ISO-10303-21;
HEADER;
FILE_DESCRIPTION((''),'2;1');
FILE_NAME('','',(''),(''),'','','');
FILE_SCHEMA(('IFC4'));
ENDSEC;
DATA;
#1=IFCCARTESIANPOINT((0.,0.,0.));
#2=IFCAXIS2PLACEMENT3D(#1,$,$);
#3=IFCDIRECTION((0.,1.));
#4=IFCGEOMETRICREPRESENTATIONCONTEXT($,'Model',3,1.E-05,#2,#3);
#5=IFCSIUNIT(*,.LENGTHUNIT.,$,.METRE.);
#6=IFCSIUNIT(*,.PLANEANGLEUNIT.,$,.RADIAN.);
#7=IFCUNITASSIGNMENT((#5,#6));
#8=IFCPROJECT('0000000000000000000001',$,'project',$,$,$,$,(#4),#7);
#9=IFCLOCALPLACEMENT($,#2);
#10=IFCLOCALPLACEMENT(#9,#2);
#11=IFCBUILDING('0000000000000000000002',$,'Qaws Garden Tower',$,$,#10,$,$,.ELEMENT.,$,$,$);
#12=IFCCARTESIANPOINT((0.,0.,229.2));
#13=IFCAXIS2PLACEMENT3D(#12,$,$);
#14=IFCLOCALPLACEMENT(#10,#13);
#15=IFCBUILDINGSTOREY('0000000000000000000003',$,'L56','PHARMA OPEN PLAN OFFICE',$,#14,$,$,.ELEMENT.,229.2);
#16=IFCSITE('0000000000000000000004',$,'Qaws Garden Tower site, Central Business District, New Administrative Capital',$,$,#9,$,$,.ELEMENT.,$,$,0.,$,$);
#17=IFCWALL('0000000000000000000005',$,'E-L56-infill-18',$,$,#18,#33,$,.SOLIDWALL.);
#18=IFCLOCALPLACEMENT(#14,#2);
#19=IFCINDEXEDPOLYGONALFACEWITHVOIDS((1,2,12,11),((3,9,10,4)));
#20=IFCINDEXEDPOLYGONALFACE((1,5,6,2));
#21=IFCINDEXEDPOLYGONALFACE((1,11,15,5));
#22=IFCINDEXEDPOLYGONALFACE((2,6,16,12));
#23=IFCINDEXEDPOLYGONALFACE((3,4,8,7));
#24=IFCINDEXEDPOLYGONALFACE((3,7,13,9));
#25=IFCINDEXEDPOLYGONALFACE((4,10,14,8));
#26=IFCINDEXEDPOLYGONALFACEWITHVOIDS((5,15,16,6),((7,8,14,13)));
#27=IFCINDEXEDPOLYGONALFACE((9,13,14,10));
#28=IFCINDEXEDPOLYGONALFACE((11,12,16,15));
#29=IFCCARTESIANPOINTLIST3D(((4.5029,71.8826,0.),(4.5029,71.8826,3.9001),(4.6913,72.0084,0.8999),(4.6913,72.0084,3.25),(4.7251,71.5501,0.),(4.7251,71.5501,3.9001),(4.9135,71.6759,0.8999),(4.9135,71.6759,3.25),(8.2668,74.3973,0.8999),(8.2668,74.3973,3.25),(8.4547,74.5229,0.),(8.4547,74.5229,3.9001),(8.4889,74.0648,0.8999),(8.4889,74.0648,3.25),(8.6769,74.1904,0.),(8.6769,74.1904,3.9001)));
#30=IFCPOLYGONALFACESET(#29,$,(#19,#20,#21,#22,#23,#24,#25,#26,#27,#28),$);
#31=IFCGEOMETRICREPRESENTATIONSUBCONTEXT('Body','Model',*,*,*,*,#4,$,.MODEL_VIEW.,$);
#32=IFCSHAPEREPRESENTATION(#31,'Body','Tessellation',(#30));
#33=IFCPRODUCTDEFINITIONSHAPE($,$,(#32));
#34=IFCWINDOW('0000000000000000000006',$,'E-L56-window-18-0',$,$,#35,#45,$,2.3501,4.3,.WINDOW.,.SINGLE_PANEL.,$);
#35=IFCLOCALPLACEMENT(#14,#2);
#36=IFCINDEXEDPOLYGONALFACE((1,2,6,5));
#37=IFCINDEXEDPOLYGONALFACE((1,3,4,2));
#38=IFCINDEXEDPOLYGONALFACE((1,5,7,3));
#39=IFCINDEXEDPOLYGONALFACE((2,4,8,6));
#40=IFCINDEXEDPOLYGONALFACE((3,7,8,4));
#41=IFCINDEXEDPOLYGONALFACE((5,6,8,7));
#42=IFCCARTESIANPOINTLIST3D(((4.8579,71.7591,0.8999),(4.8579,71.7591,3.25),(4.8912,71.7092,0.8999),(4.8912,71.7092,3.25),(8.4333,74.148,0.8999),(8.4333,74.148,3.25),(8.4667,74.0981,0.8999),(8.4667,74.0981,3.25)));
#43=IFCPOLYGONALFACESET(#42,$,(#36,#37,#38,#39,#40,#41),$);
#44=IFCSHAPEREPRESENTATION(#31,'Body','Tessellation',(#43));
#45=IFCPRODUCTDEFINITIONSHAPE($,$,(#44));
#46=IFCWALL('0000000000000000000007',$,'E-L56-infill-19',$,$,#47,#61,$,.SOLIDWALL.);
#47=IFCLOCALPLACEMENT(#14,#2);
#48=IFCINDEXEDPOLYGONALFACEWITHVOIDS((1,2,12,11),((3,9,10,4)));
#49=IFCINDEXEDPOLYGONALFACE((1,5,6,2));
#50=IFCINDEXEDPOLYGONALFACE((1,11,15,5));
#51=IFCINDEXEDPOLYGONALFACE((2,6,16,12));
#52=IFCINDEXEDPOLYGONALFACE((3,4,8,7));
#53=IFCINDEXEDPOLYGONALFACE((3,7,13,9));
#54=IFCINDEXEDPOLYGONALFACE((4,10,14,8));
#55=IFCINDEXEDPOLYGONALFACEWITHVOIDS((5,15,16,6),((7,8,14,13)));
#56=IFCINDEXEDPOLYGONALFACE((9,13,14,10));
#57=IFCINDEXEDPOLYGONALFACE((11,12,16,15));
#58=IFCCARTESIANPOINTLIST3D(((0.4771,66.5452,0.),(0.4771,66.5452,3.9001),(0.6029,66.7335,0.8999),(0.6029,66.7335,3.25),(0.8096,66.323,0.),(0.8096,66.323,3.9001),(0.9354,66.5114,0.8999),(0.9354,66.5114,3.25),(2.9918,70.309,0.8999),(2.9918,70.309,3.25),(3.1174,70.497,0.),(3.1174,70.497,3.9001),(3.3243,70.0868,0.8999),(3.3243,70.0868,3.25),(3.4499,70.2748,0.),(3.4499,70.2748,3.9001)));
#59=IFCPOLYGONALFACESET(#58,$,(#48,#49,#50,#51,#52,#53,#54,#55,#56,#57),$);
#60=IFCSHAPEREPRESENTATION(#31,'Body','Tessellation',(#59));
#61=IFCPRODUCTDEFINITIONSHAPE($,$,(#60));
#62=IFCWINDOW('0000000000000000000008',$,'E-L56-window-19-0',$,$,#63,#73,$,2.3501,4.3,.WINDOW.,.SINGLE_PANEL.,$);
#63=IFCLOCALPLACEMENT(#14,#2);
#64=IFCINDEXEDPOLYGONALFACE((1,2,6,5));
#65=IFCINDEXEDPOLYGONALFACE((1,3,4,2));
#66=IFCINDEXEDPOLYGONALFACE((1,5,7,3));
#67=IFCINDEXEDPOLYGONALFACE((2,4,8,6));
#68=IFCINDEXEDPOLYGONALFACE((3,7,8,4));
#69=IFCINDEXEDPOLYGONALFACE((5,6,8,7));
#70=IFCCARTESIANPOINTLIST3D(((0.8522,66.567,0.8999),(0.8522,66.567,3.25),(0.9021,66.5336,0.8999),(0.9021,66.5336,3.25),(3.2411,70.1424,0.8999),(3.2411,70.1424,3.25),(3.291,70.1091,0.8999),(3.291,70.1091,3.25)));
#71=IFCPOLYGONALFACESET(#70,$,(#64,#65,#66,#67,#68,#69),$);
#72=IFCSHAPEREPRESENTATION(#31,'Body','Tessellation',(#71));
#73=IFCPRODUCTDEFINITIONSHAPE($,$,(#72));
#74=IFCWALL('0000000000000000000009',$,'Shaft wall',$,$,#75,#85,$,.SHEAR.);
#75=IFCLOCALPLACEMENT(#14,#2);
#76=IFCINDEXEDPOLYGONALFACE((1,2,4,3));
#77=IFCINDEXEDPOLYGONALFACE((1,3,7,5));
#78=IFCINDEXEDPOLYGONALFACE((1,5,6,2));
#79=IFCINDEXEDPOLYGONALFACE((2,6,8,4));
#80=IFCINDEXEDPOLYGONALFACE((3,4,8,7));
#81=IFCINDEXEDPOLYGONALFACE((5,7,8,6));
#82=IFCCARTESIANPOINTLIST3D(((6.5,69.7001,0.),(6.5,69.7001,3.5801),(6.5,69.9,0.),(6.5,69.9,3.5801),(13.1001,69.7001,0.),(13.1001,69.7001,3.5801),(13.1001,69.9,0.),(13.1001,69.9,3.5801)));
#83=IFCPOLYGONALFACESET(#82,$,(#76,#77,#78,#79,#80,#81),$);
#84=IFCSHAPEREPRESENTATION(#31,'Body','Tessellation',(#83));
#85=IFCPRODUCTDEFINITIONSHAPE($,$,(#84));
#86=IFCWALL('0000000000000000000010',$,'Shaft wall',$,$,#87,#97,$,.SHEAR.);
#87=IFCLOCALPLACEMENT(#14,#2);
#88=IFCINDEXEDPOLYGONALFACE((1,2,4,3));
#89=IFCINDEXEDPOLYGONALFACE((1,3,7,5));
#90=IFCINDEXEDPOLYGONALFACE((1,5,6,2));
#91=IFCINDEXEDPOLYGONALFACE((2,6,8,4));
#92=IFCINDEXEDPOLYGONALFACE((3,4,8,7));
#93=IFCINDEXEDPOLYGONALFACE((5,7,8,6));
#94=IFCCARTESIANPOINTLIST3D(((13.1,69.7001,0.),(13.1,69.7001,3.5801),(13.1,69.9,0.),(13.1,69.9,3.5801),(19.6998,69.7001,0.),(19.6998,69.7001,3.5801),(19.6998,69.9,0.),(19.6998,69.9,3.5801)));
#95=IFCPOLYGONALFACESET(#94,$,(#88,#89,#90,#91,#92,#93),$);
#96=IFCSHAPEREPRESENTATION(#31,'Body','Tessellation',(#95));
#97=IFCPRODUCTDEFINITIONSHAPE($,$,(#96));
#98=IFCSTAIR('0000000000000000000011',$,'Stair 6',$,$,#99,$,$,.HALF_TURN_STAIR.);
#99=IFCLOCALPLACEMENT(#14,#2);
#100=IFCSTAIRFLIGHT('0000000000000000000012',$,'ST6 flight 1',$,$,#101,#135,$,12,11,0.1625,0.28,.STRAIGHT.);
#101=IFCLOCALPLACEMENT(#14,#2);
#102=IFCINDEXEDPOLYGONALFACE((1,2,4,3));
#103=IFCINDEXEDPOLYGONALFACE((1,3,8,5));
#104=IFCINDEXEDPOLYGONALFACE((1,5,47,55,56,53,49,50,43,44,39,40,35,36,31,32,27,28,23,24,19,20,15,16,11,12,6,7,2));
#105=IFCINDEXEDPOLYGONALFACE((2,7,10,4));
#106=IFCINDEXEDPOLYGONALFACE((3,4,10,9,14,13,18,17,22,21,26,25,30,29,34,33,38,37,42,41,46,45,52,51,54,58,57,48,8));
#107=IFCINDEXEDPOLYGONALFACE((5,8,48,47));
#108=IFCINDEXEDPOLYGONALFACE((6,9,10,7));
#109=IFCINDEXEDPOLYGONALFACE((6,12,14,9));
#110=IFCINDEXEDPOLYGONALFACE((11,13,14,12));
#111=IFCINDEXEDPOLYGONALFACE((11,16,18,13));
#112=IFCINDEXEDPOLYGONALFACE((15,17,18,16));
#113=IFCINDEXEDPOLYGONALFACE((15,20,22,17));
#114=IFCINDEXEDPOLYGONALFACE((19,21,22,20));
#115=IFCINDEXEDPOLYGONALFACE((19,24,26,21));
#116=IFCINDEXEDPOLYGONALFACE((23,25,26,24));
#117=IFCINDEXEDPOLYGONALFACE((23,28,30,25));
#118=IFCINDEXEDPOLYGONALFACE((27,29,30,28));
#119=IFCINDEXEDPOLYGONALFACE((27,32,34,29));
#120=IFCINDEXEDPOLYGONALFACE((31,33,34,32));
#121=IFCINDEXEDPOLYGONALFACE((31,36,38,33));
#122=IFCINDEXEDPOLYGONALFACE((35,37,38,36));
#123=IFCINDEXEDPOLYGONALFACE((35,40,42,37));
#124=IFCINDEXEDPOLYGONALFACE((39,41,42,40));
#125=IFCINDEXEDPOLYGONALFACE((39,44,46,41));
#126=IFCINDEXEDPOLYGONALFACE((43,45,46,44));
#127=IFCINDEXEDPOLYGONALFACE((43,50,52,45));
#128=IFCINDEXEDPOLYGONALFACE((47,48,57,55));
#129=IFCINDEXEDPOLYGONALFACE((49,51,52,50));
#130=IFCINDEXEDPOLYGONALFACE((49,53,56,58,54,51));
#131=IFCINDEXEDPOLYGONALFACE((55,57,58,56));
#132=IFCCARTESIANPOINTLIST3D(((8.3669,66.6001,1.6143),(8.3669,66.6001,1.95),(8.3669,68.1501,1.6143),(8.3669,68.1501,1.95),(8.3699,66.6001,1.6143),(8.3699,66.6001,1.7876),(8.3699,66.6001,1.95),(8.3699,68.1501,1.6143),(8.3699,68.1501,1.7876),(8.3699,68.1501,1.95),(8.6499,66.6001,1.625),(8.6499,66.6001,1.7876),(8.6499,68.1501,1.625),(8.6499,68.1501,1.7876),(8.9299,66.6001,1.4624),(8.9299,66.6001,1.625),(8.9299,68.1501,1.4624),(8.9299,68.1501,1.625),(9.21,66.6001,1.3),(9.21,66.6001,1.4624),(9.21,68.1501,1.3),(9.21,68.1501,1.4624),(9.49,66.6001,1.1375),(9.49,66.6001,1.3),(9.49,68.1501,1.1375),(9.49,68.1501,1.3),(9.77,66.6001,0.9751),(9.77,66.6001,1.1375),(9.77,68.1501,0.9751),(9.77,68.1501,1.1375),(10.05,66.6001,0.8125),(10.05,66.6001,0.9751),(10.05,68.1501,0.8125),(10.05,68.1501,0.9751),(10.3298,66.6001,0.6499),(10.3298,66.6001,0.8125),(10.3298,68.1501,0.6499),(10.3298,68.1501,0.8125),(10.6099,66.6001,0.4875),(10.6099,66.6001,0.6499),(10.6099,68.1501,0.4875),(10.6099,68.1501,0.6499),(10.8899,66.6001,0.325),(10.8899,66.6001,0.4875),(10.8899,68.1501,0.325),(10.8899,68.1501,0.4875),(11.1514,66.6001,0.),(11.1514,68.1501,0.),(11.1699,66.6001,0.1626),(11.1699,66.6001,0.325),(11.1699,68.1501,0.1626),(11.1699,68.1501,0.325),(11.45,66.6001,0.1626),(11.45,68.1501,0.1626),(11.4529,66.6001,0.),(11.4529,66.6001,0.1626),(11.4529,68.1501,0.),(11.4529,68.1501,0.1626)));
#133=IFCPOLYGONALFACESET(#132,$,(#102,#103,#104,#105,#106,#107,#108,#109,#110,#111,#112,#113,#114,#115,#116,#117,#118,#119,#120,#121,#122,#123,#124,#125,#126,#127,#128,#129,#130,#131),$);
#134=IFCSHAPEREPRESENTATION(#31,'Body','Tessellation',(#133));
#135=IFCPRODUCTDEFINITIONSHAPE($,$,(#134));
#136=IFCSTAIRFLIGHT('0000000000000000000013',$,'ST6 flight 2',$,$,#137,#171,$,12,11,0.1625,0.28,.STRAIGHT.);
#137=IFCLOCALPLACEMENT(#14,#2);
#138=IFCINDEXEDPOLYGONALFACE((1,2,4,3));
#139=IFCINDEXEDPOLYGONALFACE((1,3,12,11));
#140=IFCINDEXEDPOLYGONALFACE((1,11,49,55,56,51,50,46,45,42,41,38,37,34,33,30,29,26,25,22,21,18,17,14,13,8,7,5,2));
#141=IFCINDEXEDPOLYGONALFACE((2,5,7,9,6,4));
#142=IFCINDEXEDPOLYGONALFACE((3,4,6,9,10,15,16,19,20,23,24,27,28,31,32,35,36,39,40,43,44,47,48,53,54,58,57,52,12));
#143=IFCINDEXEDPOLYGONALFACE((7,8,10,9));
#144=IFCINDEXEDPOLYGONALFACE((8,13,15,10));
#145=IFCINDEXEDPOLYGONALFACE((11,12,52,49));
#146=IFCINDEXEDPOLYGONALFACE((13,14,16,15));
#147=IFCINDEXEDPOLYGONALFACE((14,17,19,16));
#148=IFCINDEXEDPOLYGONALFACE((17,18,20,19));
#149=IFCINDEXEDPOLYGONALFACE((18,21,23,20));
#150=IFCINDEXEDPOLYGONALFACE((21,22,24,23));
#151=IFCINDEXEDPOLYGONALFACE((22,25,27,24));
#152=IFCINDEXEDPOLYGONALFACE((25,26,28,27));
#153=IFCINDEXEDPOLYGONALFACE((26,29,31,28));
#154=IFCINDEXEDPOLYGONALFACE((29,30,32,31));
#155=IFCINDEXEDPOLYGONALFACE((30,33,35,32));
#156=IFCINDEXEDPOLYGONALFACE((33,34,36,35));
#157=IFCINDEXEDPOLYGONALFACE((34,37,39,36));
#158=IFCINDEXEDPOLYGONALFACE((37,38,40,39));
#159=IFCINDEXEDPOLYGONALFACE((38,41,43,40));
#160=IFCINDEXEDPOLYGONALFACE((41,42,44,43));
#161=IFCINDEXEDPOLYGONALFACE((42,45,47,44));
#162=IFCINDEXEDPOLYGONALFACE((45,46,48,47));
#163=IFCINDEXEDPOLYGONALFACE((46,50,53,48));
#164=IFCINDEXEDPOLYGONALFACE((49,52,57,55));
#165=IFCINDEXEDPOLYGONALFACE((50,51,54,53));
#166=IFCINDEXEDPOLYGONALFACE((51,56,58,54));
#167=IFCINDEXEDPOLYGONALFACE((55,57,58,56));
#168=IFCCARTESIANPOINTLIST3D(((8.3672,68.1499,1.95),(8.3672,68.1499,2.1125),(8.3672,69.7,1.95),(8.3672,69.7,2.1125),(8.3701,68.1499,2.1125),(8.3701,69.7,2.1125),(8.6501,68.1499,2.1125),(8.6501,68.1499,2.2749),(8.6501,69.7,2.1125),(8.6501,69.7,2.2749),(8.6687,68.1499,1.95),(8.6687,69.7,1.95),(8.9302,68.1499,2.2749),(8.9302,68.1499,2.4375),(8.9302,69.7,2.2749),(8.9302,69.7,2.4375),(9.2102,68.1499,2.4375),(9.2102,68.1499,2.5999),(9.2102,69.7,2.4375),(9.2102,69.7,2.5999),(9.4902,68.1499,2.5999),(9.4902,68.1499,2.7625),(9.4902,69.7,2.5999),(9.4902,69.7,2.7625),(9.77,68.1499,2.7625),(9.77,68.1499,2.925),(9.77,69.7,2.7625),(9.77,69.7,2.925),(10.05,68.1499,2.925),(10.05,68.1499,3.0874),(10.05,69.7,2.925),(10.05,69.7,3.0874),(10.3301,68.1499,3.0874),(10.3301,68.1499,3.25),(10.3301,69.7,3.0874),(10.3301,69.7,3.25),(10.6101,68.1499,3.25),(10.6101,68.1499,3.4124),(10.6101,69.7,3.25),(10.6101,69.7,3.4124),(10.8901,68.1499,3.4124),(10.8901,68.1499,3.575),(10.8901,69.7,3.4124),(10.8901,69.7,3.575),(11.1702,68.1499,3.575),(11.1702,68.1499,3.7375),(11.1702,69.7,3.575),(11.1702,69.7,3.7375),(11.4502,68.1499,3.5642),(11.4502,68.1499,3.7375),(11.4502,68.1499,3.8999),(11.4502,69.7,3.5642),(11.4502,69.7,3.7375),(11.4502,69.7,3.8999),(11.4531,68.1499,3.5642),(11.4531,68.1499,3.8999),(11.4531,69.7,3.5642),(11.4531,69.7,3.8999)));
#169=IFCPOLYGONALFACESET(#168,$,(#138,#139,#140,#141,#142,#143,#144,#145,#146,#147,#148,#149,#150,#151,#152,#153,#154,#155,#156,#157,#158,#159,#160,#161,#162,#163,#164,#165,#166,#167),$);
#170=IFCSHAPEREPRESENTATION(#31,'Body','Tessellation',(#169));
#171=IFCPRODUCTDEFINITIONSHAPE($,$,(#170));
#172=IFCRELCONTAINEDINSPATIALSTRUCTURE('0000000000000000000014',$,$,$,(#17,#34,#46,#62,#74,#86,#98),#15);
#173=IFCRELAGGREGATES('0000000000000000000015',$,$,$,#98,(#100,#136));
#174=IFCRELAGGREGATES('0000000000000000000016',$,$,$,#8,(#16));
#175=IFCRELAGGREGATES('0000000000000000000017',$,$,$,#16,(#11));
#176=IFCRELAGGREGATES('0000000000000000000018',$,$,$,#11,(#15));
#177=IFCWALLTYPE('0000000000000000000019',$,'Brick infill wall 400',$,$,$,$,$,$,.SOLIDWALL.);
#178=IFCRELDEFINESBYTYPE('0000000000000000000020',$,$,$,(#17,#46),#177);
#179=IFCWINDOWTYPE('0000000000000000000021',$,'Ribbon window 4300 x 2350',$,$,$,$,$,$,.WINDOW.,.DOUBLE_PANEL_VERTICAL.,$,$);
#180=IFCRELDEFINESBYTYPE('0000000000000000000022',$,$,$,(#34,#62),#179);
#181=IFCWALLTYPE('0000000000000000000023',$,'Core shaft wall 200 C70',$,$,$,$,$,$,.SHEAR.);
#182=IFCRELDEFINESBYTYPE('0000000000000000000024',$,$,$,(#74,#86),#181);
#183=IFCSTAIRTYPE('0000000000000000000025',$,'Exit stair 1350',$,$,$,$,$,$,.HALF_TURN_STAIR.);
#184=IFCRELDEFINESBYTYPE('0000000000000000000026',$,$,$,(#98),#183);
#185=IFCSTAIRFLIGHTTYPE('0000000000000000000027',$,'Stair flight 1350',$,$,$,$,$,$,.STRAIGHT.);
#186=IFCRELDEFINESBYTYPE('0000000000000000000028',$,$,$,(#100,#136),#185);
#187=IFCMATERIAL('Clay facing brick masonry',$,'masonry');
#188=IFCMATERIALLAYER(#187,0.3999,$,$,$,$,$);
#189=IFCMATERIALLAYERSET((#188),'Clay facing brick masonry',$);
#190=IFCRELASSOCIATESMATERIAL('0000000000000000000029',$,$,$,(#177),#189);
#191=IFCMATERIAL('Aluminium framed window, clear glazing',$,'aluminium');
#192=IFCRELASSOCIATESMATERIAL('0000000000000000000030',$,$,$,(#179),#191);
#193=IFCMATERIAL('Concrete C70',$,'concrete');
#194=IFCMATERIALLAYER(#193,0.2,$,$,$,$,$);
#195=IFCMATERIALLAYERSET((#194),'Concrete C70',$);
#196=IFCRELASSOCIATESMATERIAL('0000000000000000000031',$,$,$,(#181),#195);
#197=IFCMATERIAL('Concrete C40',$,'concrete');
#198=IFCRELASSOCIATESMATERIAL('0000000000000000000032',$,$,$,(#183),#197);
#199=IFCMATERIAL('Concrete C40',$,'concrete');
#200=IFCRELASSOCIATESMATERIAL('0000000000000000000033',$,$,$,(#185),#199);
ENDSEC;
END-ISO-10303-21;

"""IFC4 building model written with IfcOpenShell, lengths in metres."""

from ifc_helpers import new_model, si_unit, direction, frame, frame_2d, origin, place, context, subcontext, project, spatial, polyline, rectangle, outline, extrude, material, layer, layer_set, type_object, element, fill, aggregate, save


model = new_model("IFC4")

# Units and contexts
model_context = context("Model", 3, precision=1e-05, world=origin(), true_north=direction((0.0, 1.0)))
body_context = subcontext(model_context, "Body", "Model", "MODEL_VIEW")
ifc_project = project(units=[si_unit("LENGTHUNIT", "METRE"), si_unit("PLANEANGLEUNIT", "RADIAN")], contexts=[model_context])

# Site, building, storey
site_placement = place(None, origin())
site = spatial("IfcSite", under=ifc_project, at=site_placement, Name="Qaws Garden Tower site, Central Business District, New Administrative Capital", CompositionType="ELEMENT", RefElevation=0.0)
building_placement = place(site_placement, origin())
building = spatial("IfcBuilding", under=site, at=building_placement, Name="Qaws Garden Tower", CompositionType="ELEMENT")
storey_placement = place(building_placement, frame((0.0, 0.0, 229.2)))
storey = spatial("IfcBuildingStorey", under=building, at=storey_placement, Name="L56", Description="PHARMA OPEN PLAN OFFICE", CompositionType="ELEMENT", Elevation=229.2)

# Walls, openings, windows
ifc_material_1 = material(Name="Clay facing brick masonry", Category="masonry")
ifc_layer_1 = layer(ifc_material_1, 0.3999)
ifc_layer_set_1 = layer_set([ifc_layer_1], Name="Clay facing brick masonry")
wall_type_1 = type_object("IfcWallType", Name="Brick infill wall 400", PredefinedType="SOLIDWALL", material=ifc_layer_set_1)
ifc_material_2 = material(Name="Aluminium framed window, clear glazing", Category="aluminium")
window_type = type_object("IfcWindowType", Name="Ribbon window 4300 x 2350", PartitioningType="DOUBLE_PANEL_VERTICAL", PredefinedType="WINDOW", material=ifc_material_2)
wall_1_placement = place(storey_placement, frame((8.5659, 74.3567, 0.0), z_axis=(0.0, 0.0, 1.0), x_axis=(-0.831489, -0.555542, 0.0)))
wall_1 = element("IfcWall", 1, at=wall_1_placement, inside=storey, type_object=wall_type_1, Name="E-L56-infill-18", PredefinedType="SOLIDWALL", context=body_context, shape_type="SweptSolid", body=[
    extrude(rectangle(XDim=4.7527, YDim=0.3999, at=frame_2d((2.3765, 0.0))), origin(), (0.0, 0.0, 1.0), 3.9001),
])
opening_1_placement = place(wall_1_placement, frame((0.2263, 0.0, 0.8999)))
opening_1 = element("IfcOpeningElement", 2, at=opening_1_placement, cuts=wall_1, PredefinedType="OPENING", context=body_context, shape_type="SweptSolid", body=[
    extrude(rectangle(XDim=4.3, YDim=2.3501, at=frame_2d((2.1499, 1.175))), frame((0.0, 0.21, 0.0), z_axis=(0.0, -1.0, 0.0), x_axis=(1.0, 0.0, 0.0)), (0.0, 0.0, 1.0), 0.4199),
])
window_1_placement = place(opening_1_placement, origin())
window_1 = element("IfcWindow", 3, at=window_1_placement, inside=storey, type_object=window_type, Name="E-L56-window-18-0", OverallHeight=2.3501, OverallWidth=4.3, PartitioningType="SINGLE_PANEL", PredefinedType="WINDOW", context=body_context, shape_type="SweptSolid", body=[
    extrude(rectangle(XDim=4.3, YDim=2.3501, at=frame_2d((2.1499, 1.175))), frame((0.0, 0.1599, 0.0), z_axis=(0.0, -1.0, 0.0), x_axis=(1.0, 0.0, 0.0)), (0.0, 0.0, 1.0), 0.0601),
])
fill(opening_1, window_1)
wall_2_placement = place(storey_placement, frame((3.2837, 70.386, 0.0), z_axis=(0.0, 0.0, 1.0), x_axis=(-0.555542, -0.831489, 0.0)))
wall_2 = element("IfcWall", 4, at=wall_2_placement, inside=storey, type_object=wall_type_1, Name="E-L56-infill-19", PredefinedType="SOLIDWALL", context=body_context, shape_type="SweptSolid", body=[
    extrude(rectangle(XDim=4.7527, YDim=0.3999, at=frame_2d((2.3765, 0.0))), origin(), (0.0, 0.0, 1.0), 3.9001),
])
opening_2_placement = place(wall_2_placement, frame((0.2263, 0.0, 0.8999)))
opening_2 = element("IfcOpeningElement", 5, at=opening_2_placement, cuts=wall_2, PredefinedType="OPENING", context=body_context, shape_type="SweptSolid", body=[
    extrude(rectangle(XDim=4.3, YDim=2.3501, at=frame_2d((2.1499, 1.175))), frame((0.0, 0.21, 0.0), z_axis=(0.0, -1.0, 0.0), x_axis=(1.0, 0.0, 0.0)), (0.0, 0.0, 1.0), 0.4199),
])
window_2_placement = place(opening_2_placement, origin())
window_2 = element("IfcWindow", 6, at=window_2_placement, inside=storey, type_object=window_type, Name="E-L56-window-19-0", OverallHeight=2.3501, OverallWidth=4.3, PartitioningType="SINGLE_PANEL", PredefinedType="WINDOW", context=body_context, shape_type="SweptSolid", body=[
    extrude(rectangle(XDim=4.3, YDim=2.3501, at=frame_2d((2.1499, 1.175))), frame((0.0, 0.1599, 0.0), z_axis=(0.0, -1.0, 0.0), x_axis=(1.0, 0.0, 0.0)), (0.0, 0.0, 1.0), 0.0601),
])
fill(opening_2, window_2)

# Walls
ifc_material_3 = material(Name="Concrete C70", Category="concrete")
ifc_layer_2 = layer(ifc_material_3, 0.2)
ifc_layer_set_2 = layer_set([ifc_layer_2], Name="Concrete C70")
wall_type_2 = type_object("IfcWallType", Name="Core shaft wall 200 C70", PredefinedType="SHEAR", material=ifc_layer_set_2)
wall_3_placement = place(storey_placement, frame((6.5, 69.8, 0.0), z_axis=(0.0, 0.0, 1.0), x_axis=(1.0, 0.0, 0.0)))
element("IfcWall", 7, at=wall_3_placement, inside=storey, type_object=wall_type_2, Name="Shaft wall", PredefinedType="SHEAR", context=body_context, shape_type="SweptSolid", body=[
    extrude(rectangle(XDim=6.6001, YDim=0.2, at=frame_2d((3.3, 0.0))), origin(), (0.0, 0.0, 1.0), 3.5801),
])
wall_4_placement = place(storey_placement, frame((13.1001, 69.8, 0.0), z_axis=(0.0, 0.0, 1.0), x_axis=(1.0, 0.0, 0.0)))
element("IfcWall", 8, at=wall_4_placement, inside=storey, type_object=wall_type_2, Name="Shaft wall", PredefinedType="SHEAR", context=body_context, shape_type="SweptSolid", body=[
    extrude(rectangle(XDim=6.5999, YDim=0.2, at=frame_2d((3.2998, 0.0))), origin(), (0.0, 0.0, 1.0), 3.5801),
])

# Stair, stair flights
ifc_material_4 = material(Name="Concrete C40", Category="concrete")
stair_type = type_object("IfcStairType", Name="Exit stair 1350", PredefinedType="HALF_TURN_STAIR", material=ifc_material_4)
placement = place(storey_placement, origin())
stair_1 = element("IfcStair", 9, at=placement, inside=storey, type_object=stair_type, Name="Stair 6", PredefinedType="HALF_TURN_STAIR")
ifc_material_5 = material(Name="Concrete C40", Category="concrete")
stair_flight_type = type_object("IfcStairFlightType", Name="Stair flight 1350", PredefinedType="STRAIGHT", material=ifc_material_5)
stair_flight_1_placement = place(storey_placement, frame((11.45, 67.375, 0.0), z_axis=(0.0, 0.0, 1.0), x_axis=(-1.0, 0.0, 0.0)))
stair_flight_1 = element("IfcStairFlight", 10, at=stair_flight_1_placement, type_object=stair_flight_type, Name="ST6 flight 1", NumberOfRisers=12, NumberOfTreads=11, PredefinedType="STRAIGHT", RiserHeight=0.1625, TreadLength=0.28, context=body_context, shape_type="SweptSolid", body=[
    extrude(outline(polyline([(-0.0029, 0.0), (-0.0029, 0.1626), (0.0, 0.1626), (0.28, 0.1626), (0.28, 0.325), (0.5601, 0.325), (0.5601, 0.4875), (0.8401, 0.4875), (0.8401, 0.6499), (1.1201, 0.6499), (1.1201, 0.8125), (1.3999, 0.8125), (1.3999, 0.9751), (1.6799, 0.9751), (1.6799, 1.1375), (1.96, 1.1375), (1.96, 1.3), (2.24, 1.3), (2.24, 1.4624), (2.52, 1.4624), (2.52, 1.625), (2.8, 1.625), (2.8, 1.7876), (3.0801, 1.7876), (3.0801, 1.95), (3.083, 1.95), (3.083, 1.6143), (3.0801, 1.6143), (0.2986, 0.0), (-0.0029, 0.0)])), frame((0.0, 0.7749, 0.0), z_axis=(0.0, -1.0, 0.0), x_axis=(1.0, 0.0, 0.0)), (0.0, 0.0, 1.0), 1.55),
])
stair_flight_2_placement = place(storey_placement, frame((8.3701, 68.925, 1.95), z_axis=(0.0, 0.0, 1.0), x_axis=(1.0, 0.0, 0.0)))
stair_flight_2 = element("IfcStairFlight", 11, at=stair_flight_2_placement, type_object=stair_flight_type, Name="ST6 flight 2", NumberOfRisers=12, NumberOfTreads=11, PredefinedType="STRAIGHT", RiserHeight=0.1625, TreadLength=0.28, context=body_context, shape_type="SweptSolid", body=[
    extrude(outline(polyline([(-0.0029, 0.0), (-0.0029, 0.1626), (0.0, 0.1626), (0.28, 0.1626), (0.28, 0.325), (0.5601, 0.325), (0.5601, 0.4875), (0.8401, 0.4875), (0.8401, 0.6499), (1.1201, 0.6499), (1.1201, 0.8125), (1.3999, 0.8125), (1.3999, 0.9751), (1.6799, 0.9751), (1.6799, 1.1375), (1.96, 1.1375), (1.96, 1.3), (2.24, 1.3), (2.24, 1.4624), (2.52, 1.4624), (2.52, 1.625), (2.8, 1.625), (2.8, 1.7876), (3.0801, 1.7876), (3.0801, 1.95), (3.083, 1.95), (3.083, 1.6143), (3.0801, 1.6143), (0.2986, 0.0), (-0.0029, 0.0)])), frame((0.0, 0.7749, 0.0), z_axis=(0.0, -1.0, 0.0), x_axis=(1.0, 0.0, 0.0)), (0.0, 0.0, 1.0), 1.55),
])
aggregate(stair_1, [stair_flight_1, stair_flight_2])

save(model, "model.ifc")
